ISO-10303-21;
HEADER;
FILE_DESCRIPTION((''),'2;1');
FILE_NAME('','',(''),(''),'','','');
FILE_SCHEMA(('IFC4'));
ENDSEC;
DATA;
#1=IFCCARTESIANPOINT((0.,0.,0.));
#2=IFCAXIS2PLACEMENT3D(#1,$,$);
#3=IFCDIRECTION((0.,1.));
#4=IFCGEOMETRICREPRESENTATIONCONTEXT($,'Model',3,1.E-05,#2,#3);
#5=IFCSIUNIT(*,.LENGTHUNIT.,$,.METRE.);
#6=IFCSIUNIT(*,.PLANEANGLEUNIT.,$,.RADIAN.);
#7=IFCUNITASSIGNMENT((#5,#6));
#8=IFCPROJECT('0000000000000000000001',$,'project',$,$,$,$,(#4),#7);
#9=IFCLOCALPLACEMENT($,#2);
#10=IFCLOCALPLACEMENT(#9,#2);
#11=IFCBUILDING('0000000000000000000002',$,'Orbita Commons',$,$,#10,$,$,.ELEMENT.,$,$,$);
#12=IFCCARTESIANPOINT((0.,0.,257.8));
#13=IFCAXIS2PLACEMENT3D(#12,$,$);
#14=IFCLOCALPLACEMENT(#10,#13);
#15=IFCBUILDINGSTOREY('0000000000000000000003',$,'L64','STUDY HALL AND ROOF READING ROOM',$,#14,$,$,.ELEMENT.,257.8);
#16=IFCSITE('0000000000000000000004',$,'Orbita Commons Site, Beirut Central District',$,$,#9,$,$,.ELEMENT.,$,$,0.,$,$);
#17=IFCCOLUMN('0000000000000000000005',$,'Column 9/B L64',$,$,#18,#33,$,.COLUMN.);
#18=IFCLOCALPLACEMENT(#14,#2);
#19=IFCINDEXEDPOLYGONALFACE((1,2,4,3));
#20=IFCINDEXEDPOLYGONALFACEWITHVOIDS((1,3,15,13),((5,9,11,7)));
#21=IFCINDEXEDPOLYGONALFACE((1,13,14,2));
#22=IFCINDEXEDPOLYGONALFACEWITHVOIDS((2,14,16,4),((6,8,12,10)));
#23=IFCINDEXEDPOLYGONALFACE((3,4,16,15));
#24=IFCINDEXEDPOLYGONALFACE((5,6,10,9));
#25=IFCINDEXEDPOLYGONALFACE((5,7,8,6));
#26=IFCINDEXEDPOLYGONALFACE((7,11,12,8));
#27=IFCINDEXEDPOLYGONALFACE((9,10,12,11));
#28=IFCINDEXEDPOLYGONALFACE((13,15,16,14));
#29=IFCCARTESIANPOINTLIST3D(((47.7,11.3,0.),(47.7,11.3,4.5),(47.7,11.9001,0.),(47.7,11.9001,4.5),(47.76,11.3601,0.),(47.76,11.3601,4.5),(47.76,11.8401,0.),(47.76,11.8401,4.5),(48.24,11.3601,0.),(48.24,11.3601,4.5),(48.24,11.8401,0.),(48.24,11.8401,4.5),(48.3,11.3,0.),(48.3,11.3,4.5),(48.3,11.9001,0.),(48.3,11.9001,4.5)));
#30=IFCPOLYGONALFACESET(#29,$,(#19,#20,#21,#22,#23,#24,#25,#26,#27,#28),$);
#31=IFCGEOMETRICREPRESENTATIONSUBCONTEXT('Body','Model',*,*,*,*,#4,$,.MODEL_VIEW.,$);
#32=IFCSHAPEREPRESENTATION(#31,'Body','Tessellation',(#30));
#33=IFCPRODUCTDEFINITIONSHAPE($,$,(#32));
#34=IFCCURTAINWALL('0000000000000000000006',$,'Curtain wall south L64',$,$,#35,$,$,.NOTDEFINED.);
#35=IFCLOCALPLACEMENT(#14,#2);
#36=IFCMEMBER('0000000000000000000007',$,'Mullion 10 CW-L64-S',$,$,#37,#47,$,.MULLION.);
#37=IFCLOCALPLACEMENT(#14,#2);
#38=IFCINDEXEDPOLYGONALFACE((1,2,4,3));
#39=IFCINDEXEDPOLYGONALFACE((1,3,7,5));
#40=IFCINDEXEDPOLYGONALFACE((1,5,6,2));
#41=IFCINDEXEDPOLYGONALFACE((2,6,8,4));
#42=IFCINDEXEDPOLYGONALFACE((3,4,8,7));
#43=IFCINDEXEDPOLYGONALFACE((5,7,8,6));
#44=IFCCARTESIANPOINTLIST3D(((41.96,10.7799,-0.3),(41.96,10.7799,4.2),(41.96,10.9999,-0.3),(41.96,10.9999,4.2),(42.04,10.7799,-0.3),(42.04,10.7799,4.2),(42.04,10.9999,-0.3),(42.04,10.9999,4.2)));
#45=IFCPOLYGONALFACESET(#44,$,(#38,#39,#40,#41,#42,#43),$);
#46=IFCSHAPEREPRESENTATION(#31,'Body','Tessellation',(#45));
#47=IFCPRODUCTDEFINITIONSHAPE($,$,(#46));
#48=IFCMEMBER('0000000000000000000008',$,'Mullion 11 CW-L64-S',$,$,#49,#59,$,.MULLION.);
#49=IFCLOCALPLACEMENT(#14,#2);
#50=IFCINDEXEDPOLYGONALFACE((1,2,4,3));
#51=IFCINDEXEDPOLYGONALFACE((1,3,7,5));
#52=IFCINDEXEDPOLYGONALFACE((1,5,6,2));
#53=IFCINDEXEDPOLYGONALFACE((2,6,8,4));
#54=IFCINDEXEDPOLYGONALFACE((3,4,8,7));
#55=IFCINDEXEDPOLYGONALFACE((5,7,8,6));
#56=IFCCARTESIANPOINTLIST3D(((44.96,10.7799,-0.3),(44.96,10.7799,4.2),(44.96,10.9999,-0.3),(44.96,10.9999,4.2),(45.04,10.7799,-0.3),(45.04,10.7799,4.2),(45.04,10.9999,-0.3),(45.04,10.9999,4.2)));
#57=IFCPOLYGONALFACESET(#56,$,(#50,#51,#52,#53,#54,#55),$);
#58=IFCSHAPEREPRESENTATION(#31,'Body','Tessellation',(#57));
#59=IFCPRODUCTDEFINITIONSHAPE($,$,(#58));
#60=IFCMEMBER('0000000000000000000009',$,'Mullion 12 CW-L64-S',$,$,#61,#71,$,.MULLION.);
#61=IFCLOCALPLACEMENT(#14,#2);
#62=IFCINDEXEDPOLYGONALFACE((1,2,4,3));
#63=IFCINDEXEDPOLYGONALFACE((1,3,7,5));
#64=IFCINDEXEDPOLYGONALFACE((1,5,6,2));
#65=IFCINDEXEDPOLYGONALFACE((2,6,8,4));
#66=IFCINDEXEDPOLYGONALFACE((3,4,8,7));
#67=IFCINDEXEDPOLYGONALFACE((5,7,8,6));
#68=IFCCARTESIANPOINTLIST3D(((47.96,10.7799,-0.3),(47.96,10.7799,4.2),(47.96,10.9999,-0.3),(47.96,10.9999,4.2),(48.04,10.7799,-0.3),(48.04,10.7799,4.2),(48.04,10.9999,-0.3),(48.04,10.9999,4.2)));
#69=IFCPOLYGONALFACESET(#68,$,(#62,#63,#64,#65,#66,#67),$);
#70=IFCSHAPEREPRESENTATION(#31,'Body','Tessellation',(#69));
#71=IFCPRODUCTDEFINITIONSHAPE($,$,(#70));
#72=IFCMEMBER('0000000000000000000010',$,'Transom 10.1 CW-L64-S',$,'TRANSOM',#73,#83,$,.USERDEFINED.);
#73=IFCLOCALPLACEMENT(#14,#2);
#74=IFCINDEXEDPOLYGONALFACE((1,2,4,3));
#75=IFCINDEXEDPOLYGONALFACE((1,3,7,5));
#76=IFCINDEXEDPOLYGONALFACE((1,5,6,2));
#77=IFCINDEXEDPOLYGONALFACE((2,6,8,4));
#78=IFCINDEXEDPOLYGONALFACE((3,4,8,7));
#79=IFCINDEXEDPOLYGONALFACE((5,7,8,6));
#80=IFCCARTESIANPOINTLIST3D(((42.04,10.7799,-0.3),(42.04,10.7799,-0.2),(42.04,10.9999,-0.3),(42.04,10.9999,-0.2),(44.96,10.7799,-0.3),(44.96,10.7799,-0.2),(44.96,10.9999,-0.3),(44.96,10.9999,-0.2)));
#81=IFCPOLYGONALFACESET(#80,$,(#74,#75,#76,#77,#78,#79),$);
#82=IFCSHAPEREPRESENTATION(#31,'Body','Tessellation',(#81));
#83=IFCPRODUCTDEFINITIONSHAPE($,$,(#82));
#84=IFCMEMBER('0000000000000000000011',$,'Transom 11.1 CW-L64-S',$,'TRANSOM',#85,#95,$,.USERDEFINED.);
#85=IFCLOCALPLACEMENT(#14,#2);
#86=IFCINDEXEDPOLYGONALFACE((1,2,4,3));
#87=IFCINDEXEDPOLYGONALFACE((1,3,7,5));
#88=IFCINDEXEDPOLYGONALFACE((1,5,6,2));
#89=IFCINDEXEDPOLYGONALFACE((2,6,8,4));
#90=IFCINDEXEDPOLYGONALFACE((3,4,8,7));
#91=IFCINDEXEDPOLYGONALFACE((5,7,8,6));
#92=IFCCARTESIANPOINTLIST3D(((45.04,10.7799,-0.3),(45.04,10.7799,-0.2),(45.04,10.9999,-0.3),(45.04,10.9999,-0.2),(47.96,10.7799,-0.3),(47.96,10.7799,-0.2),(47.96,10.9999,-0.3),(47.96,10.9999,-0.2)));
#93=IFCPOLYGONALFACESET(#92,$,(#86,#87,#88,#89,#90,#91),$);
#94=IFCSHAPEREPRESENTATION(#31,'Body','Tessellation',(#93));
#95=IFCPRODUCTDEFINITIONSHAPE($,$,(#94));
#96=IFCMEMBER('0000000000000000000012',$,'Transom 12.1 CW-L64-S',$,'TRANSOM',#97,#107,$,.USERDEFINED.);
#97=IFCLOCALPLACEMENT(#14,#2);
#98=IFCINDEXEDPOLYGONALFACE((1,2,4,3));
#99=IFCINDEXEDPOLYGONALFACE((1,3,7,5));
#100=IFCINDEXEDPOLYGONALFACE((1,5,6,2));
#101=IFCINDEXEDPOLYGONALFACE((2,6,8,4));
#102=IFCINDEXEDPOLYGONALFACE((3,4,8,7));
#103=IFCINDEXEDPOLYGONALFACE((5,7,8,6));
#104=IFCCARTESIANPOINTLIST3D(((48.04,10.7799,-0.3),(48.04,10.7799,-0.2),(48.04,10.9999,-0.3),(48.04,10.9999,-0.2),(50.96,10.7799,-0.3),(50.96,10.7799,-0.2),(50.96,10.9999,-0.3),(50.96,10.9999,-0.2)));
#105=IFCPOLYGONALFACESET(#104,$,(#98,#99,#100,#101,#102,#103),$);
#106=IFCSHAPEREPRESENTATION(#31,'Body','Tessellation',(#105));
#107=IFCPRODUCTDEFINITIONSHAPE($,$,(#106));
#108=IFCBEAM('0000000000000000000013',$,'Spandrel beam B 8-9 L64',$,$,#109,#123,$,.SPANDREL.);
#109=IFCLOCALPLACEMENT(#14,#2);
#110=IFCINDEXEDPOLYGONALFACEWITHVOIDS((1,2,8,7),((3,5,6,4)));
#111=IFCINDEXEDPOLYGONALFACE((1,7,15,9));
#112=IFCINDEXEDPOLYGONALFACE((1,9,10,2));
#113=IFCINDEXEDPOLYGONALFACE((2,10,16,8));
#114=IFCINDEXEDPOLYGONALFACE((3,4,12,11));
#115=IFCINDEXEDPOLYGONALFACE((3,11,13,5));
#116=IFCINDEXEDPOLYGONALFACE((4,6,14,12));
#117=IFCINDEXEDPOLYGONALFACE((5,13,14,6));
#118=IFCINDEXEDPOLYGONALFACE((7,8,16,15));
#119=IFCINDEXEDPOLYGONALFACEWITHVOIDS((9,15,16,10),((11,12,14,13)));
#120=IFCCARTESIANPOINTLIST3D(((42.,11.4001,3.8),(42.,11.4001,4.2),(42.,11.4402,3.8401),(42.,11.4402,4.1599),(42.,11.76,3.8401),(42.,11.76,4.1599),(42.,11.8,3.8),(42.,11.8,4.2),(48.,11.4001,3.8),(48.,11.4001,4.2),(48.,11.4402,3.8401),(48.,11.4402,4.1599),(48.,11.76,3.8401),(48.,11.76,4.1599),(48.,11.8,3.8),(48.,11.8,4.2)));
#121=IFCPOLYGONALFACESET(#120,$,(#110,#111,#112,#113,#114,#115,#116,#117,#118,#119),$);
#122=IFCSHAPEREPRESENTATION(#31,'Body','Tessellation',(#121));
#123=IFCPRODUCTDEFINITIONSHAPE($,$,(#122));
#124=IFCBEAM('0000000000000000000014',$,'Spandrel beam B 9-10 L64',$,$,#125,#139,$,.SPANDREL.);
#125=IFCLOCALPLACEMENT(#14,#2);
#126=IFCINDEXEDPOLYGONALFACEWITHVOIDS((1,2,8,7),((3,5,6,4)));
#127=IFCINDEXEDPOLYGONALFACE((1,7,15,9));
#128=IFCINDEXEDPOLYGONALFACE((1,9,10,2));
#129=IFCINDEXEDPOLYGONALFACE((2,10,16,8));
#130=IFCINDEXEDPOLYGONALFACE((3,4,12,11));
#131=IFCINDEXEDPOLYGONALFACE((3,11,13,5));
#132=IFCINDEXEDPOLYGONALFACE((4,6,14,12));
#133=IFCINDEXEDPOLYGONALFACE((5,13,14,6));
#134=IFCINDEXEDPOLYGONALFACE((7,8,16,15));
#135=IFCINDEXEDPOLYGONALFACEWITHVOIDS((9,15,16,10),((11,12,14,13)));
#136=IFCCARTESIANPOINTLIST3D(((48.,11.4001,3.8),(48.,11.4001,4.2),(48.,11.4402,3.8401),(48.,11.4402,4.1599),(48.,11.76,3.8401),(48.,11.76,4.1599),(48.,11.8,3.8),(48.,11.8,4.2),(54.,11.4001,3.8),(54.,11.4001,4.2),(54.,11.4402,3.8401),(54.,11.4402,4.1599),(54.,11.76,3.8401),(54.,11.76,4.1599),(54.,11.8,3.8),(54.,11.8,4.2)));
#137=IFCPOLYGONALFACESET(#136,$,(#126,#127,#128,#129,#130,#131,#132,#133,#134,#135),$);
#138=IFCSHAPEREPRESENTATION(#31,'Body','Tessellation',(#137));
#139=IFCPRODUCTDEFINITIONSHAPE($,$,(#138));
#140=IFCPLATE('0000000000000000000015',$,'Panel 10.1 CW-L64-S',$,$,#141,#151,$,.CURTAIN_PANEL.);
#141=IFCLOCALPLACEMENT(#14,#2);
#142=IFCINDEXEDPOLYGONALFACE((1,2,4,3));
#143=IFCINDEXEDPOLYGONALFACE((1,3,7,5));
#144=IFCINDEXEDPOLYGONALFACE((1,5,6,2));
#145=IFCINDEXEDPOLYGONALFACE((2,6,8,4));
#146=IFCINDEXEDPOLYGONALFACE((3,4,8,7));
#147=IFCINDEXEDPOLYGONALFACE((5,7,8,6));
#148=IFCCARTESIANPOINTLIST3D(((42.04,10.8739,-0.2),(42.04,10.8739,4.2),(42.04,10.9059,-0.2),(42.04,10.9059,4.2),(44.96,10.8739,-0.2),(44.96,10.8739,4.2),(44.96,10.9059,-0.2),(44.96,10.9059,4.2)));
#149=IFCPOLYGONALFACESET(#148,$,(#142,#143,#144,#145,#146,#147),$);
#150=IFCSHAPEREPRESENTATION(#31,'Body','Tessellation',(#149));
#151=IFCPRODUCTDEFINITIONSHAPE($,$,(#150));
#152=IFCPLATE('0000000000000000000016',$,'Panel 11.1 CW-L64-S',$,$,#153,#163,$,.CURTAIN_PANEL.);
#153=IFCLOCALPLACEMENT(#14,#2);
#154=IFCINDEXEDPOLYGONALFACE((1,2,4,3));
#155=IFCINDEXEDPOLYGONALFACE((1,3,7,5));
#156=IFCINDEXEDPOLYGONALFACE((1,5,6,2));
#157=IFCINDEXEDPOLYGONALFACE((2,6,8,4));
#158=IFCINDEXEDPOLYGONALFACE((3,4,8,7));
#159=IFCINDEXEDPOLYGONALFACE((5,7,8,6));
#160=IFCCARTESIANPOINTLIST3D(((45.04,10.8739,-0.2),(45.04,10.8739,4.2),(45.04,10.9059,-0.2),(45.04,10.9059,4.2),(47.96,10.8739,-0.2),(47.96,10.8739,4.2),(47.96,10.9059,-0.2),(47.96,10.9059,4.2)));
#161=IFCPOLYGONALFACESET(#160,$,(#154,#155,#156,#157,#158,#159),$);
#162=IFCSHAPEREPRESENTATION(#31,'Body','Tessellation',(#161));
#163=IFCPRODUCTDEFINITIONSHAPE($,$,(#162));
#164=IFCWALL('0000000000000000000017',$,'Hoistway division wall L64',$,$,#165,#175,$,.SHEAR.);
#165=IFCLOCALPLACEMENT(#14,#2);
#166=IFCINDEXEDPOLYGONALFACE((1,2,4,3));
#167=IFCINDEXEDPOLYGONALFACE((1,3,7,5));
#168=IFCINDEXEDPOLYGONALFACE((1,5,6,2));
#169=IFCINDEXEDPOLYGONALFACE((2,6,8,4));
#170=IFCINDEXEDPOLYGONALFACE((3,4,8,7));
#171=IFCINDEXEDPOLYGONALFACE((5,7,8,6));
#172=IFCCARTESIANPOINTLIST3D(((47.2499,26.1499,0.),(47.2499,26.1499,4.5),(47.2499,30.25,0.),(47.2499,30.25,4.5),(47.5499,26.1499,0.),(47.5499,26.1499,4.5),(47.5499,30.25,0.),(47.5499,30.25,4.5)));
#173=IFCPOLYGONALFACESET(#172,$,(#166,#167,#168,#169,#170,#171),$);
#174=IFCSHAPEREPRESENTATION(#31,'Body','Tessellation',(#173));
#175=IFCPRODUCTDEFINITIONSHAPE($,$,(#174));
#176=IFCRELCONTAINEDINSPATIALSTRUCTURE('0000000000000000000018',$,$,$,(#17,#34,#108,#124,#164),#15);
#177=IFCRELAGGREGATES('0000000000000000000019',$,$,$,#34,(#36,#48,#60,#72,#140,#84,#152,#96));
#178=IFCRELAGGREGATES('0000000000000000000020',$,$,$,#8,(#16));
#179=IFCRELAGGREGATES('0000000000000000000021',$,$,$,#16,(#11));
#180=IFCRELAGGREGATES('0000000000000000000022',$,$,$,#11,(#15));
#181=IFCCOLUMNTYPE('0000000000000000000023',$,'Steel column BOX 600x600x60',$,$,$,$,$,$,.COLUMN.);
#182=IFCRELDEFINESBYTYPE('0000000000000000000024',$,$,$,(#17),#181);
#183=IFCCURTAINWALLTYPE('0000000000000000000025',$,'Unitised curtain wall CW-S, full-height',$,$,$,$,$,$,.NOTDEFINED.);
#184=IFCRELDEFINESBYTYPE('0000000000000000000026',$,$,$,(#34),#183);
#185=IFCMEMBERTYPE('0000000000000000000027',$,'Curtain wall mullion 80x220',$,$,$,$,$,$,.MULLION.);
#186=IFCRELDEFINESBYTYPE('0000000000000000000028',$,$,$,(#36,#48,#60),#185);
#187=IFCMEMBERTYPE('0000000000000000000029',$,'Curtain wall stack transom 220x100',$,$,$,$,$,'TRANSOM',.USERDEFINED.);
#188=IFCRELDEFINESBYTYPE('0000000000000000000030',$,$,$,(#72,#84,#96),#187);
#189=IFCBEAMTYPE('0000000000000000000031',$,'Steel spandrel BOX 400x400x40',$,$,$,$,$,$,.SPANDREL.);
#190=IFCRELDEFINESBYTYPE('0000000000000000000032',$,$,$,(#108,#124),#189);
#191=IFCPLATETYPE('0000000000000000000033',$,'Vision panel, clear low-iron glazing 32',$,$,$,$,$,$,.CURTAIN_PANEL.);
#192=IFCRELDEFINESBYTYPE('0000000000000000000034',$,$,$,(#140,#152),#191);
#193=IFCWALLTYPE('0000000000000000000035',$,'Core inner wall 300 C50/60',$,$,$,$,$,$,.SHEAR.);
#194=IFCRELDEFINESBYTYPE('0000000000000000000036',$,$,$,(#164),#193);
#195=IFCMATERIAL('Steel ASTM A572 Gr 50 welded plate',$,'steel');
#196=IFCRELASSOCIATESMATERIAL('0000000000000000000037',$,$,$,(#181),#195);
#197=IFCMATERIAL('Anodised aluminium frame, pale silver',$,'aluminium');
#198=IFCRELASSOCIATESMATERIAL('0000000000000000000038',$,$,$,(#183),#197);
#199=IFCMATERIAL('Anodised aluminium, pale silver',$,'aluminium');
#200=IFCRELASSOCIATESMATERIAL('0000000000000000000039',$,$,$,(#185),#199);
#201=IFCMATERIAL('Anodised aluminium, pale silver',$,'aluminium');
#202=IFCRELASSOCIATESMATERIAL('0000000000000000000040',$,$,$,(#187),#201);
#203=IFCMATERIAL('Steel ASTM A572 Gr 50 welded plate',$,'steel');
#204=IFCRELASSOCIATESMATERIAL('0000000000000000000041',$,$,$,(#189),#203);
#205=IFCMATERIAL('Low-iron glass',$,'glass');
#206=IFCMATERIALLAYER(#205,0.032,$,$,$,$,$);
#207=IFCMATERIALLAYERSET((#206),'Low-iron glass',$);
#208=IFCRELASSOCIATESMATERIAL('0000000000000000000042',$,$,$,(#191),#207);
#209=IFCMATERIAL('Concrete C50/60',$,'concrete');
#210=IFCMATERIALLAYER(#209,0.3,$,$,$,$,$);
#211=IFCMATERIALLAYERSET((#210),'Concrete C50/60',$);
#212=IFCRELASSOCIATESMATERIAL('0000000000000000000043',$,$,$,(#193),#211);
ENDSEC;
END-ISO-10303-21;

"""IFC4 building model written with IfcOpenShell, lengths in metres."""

from ifc_helpers import new_model, si_unit, direction, frame, frame_2d, origin, origin_2d, place, context, subcontext, project, spatial, rectangle, hollow_rectangle, extrude, material, layer, layer_set, material_profile, profile_set, type_object, element, aggregate, save


model = new_model("IFC4")

# Units and contexts
model_context = context("Model", 3, precision=1e-05, world=origin(), true_north=direction((0.0, 1.0)))
body_context = subcontext(model_context, "Body", "Model", "MODEL_VIEW")
ifc_project = project(units=[si_unit("LENGTHUNIT", "METRE"), si_unit("PLANEANGLEUNIT", "RADIAN")], contexts=[model_context])

# Site, building, storey
site_placement = place(None, origin())
site = spatial("IfcSite", under=ifc_project, at=site_placement, Name="Orbita Commons Site, Beirut Central District", CompositionType="ELEMENT", RefElevation=0.0)
building_placement = place(site_placement, origin())
building = spatial("IfcBuilding", under=site, at=building_placement, Name="Orbita Commons", CompositionType="ELEMENT")
storey_placement = place(building_placement, frame((0.0, 0.0, 257.8)))
storey = spatial("IfcBuildingStorey", under=building, at=storey_placement, Name="L64", Description="STUDY HALL AND ROOF READING ROOM", CompositionType="ELEMENT", Elevation=257.8)

# Column
ifc_material_1 = material(Name="Steel ASTM A572 Gr 50 welded plate", Category="steel")
ifc_material_profile_1 = material_profile(ifc_material_1, hollow_rectangle(XDim=0.6001, YDim=0.6001, WallThickness=0.0601, at=origin_2d()), Name="BOX 600x600x60")
ifc_profile_set_1 = profile_set([ifc_material_profile_1], Name="Steel ASTM A572 Gr 50 welded plate")
column_type = type_object("IfcColumnType", Name="Steel column BOX 600x600x60", PredefinedType="COLUMN", material=ifc_profile_set_1)
column_placement = place(storey_placement, frame((48.0, 11.6001, 0.0), z_axis=(0.0, 0.0, 1.0), x_axis=(1.0, 0.0, 0.0)))
element("IfcColumn", 1, at=column_placement, inside=storey, type_object=column_type, Name="Column 9/B L64", PredefinedType="COLUMN", context=body_context, shape_type="SweptSolid", body=[
    extrude(hollow_rectangle(XDim=0.6001, YDim=0.6001, WallThickness=0.0601, at=origin_2d()), origin(), (0.0, 0.0, 1.0), 4.5),
])

# Curtain wall, members
ifc_material_2 = material(Name="Anodised aluminium frame, pale silver", Category="aluminium")
curtain_wall_type = type_object("IfcCurtainWallType", Name="Unitised curtain wall CW-S, full-height", PredefinedType="NOTDEFINED", material=ifc_material_2)
curtain_wall_placement = place(storey_placement, origin())
curtain_wall = element("IfcCurtainWall", 2, at=curtain_wall_placement, inside=storey, type_object=curtain_wall_type, Name="Curtain wall south L64", PredefinedType="NOTDEFINED")
ifc_material_3 = material(Name="Anodised aluminium, pale silver", Category="aluminium")
ifc_material_profile_2 = material_profile(ifc_material_3, rectangle(XDim=0.0801, YDim=0.22, at=origin_2d()), Name="AL 80x220")
ifc_profile_set_2 = profile_set([ifc_material_profile_2], Name="Anodised aluminium, pale silver")
member_type_1 = type_object("IfcMemberType", Name="Curtain wall mullion 80x220", PredefinedType="MULLION", material=ifc_profile_set_2)
member_1_placement = place(storey_placement, frame((42.0, 10.8899, -0.3), z_axis=(0.0, 0.0, 1.0), x_axis=(1.0, 0.0, 0.0)))
member_1 = element("IfcMember", 3, at=member_1_placement, type_object=member_type_1, Name="Mullion 10 CW-L64-S", PredefinedType="MULLION", context=body_context, shape_type="SweptSolid", body=[
    extrude(rectangle(XDim=0.0801, YDim=0.22, at=origin_2d()), origin(), (0.0, 0.0, 1.0), 4.5),
])
member_2_placement = place(storey_placement, frame((45.0, 10.8899, -0.3), z_axis=(0.0, 0.0, 1.0), x_axis=(1.0, 0.0, 0.0)))
member_2 = element("IfcMember", 4, at=member_2_placement, type_object=member_type_1, Name="Mullion 11 CW-L64-S", PredefinedType="MULLION", context=body_context, shape_type="SweptSolid", body=[
    extrude(rectangle(XDim=0.0801, YDim=0.22, at=origin_2d()), origin(), (0.0, 0.0, 1.0), 4.5),
])
member_3_placement = place(storey_placement, frame((48.0, 10.8899, -0.3), z_axis=(0.0, 0.0, 1.0), x_axis=(1.0, 0.0, 0.0)))
member_3 = element("IfcMember", 5, at=member_3_placement, type_object=member_type_1, Name="Mullion 12 CW-L64-S", PredefinedType="MULLION", context=body_context, shape_type="SweptSolid", body=[
    extrude(rectangle(XDim=0.0801, YDim=0.22, at=origin_2d()), origin(), (0.0, 0.0, 1.0), 4.5),
])
ifc_material_4 = material(Name="Anodised aluminium, pale silver", Category="aluminium")
ifc_material_profile_3 = material_profile(ifc_material_4, rectangle(XDim=0.22, YDim=0.1001, at=origin_2d()), Name="AL 220x100")
ifc_profile_set_3 = profile_set([ifc_material_profile_3], Name="Anodised aluminium, pale silver")
member_type_2 = type_object("IfcMemberType", Name="Curtain wall stack transom 220x100", ElementType="TRANSOM", PredefinedType="USERDEFINED", material=ifc_profile_set_3)
member_4_placement = place(storey_placement, frame((42.04, 10.8899, -0.25), z_axis=(1.0, 0.0, 0.0), x_axis=(0.0, 1.0, 0.0)))
member_4 = element("IfcMember", 6, at=member_4_placement, type_object=member_type_2, Name="Transom 10.1 CW-L64-S", ObjectType="TRANSOM", PredefinedType="USERDEFINED", context=body_context, shape_type="SweptSolid", body=[
    extrude(rectangle(XDim=0.22, YDim=0.1001, at=origin_2d()), origin(), (0.0, 0.0, 1.0), 2.9199),
])
member_5_placement = place(storey_placement, frame((45.04, 10.8899, -0.25), z_axis=(1.0, 0.0, 0.0), x_axis=(0.0, 1.0, 0.0)))
member_5 = element("IfcMember", 7, at=member_5_placement, type_object=member_type_2, Name="Transom 11.1 CW-L64-S", ObjectType="TRANSOM", PredefinedType="USERDEFINED", context=body_context, shape_type="SweptSolid", body=[
    extrude(rectangle(XDim=0.22, YDim=0.1001, at=origin_2d()), origin(), (0.0, 0.0, 1.0), 2.9199),
])
member_6_placement = place(storey_placement, frame((48.04, 10.8899, -0.25), z_axis=(1.0, 0.0, 0.0), x_axis=(0.0, 1.0, 0.0)))
member_6 = element("IfcMember", 8, at=member_6_placement, type_object=member_type_2, Name="Transom 12.1 CW-L64-S", ObjectType="TRANSOM", PredefinedType="USERDEFINED", context=body_context, shape_type="SweptSolid", body=[
    extrude(rectangle(XDim=0.22, YDim=0.1001, at=origin_2d()), origin(), (0.0, 0.0, 1.0), 2.9199),
])

# Beams
ifc_material_5 = material(Name="Steel ASTM A572 Gr 50 welded plate", Category="steel")
ifc_material_profile_4 = material_profile(ifc_material_5, hollow_rectangle(XDim=0.3999, YDim=0.3999, WallThickness=0.04, at=origin_2d()), Name="BOX 400x400x40")
ifc_profile_set_4 = profile_set([ifc_material_profile_4], Name="Steel ASTM A572 Gr 50 welded plate")
beam_type = type_object("IfcBeamType", Name="Steel spandrel BOX 400x400x40", PredefinedType="SPANDREL", material=ifc_profile_set_4)
for number, where, z_axis, x_axis, name in (
    (9, (42.0, 11.6001, 4.0), (1.0, 0.0, 0.0), (0.0, 1.0, 0.0), "Spandrel beam B 8-9 L64"),
    (10, (48.0, 11.6001, 4.0), (1.0, 0.0, 0.0), (0.0, 1.0, 0.0), "Spandrel beam B 9-10 L64"),
):
    element("IfcBeam", number, at=place(storey_placement, frame(where, z_axis=z_axis, x_axis=x_axis)), inside=storey, type_object=beam_type, Name=name, PredefinedType="SPANDREL", context=body_context, shape_type="SweptSolid", body=[
        extrude(hollow_rectangle(XDim=0.3999, YDim=0.3999, WallThickness=0.04, at=origin_2d()), origin(), (0.0, 0.0, 1.0), 6.0),
    ])

# Plates
ifc_material_6 = material(Name="Low-iron glass", Category="glass")
ifc_layer_1 = layer(ifc_material_6, 0.032)
ifc_layer_set_1 = layer_set([ifc_layer_1], Name="Low-iron glass")
plate_type = type_object("IfcPlateType", Name="Vision panel, clear low-iron glazing 32", PredefinedType="CURTAIN_PANEL", material=ifc_layer_set_1)
plate_1_placement = place(storey_placement, frame((43.5, 10.8899, -0.2), z_axis=(0.0, 0.0, 1.0), x_axis=(1.0, 0.0, 0.0)))
plate_1 = element("IfcPlate", 11, at=plate_1_placement, type_object=plate_type, Name="Panel 10.1 CW-L64-S", PredefinedType="CURTAIN_PANEL", context=body_context, shape_type="SweptSolid", body=[
    extrude(rectangle(XDim=2.9199, YDim=0.032, at=origin_2d()), origin(), (0.0, 0.0, 1.0), 4.3999),
])
plate_2_placement = place(storey_placement, frame((46.5, 10.8899, -0.2), z_axis=(0.0, 0.0, 1.0), x_axis=(1.0, 0.0, 0.0)))
plate_2 = element("IfcPlate", 12, at=plate_2_placement, type_object=plate_type, Name="Panel 11.1 CW-L64-S", PredefinedType="CURTAIN_PANEL", context=body_context, shape_type="SweptSolid", body=[
    extrude(rectangle(XDim=2.9199, YDim=0.032, at=origin_2d()), origin(), (0.0, 0.0, 1.0), 4.3999),
])
aggregate(curtain_wall, [member_1, member_2, member_3, member_4, plate_1, member_5, plate_2, member_6])

# Wall
ifc_material_7 = material(Name="Concrete C50/60", Category="concrete")
ifc_layer_2 = layer(ifc_material_7, 0.3)
ifc_layer_set_2 = layer_set([ifc_layer_2], Name="Concrete C50/60")
wall_type_1 = type_object("IfcWallType", Name="Core inner wall 300 C50/60", PredefinedType="SHEAR", material=ifc_layer_set_2)
wall_1_placement = place(storey_placement, frame((47.3999, 26.1499, 0.0), z_axis=(0.0, 0.0, 1.0), x_axis=(0.0, 1.0, 0.0)))
element("IfcWall", 13, at=wall_1_placement, inside=storey, type_object=wall_type_1, Name="Hoistway division wall L64", PredefinedType="SHEAR", context=body_context, shape_type="SweptSolid", body=[
    extrude(rectangle(XDim=4.1001, YDim=0.3, at=frame_2d((2.05, 0.0))), origin(), (0.0, 0.0, 1.0), 4.5),
])

save(model, "model.ifc")
